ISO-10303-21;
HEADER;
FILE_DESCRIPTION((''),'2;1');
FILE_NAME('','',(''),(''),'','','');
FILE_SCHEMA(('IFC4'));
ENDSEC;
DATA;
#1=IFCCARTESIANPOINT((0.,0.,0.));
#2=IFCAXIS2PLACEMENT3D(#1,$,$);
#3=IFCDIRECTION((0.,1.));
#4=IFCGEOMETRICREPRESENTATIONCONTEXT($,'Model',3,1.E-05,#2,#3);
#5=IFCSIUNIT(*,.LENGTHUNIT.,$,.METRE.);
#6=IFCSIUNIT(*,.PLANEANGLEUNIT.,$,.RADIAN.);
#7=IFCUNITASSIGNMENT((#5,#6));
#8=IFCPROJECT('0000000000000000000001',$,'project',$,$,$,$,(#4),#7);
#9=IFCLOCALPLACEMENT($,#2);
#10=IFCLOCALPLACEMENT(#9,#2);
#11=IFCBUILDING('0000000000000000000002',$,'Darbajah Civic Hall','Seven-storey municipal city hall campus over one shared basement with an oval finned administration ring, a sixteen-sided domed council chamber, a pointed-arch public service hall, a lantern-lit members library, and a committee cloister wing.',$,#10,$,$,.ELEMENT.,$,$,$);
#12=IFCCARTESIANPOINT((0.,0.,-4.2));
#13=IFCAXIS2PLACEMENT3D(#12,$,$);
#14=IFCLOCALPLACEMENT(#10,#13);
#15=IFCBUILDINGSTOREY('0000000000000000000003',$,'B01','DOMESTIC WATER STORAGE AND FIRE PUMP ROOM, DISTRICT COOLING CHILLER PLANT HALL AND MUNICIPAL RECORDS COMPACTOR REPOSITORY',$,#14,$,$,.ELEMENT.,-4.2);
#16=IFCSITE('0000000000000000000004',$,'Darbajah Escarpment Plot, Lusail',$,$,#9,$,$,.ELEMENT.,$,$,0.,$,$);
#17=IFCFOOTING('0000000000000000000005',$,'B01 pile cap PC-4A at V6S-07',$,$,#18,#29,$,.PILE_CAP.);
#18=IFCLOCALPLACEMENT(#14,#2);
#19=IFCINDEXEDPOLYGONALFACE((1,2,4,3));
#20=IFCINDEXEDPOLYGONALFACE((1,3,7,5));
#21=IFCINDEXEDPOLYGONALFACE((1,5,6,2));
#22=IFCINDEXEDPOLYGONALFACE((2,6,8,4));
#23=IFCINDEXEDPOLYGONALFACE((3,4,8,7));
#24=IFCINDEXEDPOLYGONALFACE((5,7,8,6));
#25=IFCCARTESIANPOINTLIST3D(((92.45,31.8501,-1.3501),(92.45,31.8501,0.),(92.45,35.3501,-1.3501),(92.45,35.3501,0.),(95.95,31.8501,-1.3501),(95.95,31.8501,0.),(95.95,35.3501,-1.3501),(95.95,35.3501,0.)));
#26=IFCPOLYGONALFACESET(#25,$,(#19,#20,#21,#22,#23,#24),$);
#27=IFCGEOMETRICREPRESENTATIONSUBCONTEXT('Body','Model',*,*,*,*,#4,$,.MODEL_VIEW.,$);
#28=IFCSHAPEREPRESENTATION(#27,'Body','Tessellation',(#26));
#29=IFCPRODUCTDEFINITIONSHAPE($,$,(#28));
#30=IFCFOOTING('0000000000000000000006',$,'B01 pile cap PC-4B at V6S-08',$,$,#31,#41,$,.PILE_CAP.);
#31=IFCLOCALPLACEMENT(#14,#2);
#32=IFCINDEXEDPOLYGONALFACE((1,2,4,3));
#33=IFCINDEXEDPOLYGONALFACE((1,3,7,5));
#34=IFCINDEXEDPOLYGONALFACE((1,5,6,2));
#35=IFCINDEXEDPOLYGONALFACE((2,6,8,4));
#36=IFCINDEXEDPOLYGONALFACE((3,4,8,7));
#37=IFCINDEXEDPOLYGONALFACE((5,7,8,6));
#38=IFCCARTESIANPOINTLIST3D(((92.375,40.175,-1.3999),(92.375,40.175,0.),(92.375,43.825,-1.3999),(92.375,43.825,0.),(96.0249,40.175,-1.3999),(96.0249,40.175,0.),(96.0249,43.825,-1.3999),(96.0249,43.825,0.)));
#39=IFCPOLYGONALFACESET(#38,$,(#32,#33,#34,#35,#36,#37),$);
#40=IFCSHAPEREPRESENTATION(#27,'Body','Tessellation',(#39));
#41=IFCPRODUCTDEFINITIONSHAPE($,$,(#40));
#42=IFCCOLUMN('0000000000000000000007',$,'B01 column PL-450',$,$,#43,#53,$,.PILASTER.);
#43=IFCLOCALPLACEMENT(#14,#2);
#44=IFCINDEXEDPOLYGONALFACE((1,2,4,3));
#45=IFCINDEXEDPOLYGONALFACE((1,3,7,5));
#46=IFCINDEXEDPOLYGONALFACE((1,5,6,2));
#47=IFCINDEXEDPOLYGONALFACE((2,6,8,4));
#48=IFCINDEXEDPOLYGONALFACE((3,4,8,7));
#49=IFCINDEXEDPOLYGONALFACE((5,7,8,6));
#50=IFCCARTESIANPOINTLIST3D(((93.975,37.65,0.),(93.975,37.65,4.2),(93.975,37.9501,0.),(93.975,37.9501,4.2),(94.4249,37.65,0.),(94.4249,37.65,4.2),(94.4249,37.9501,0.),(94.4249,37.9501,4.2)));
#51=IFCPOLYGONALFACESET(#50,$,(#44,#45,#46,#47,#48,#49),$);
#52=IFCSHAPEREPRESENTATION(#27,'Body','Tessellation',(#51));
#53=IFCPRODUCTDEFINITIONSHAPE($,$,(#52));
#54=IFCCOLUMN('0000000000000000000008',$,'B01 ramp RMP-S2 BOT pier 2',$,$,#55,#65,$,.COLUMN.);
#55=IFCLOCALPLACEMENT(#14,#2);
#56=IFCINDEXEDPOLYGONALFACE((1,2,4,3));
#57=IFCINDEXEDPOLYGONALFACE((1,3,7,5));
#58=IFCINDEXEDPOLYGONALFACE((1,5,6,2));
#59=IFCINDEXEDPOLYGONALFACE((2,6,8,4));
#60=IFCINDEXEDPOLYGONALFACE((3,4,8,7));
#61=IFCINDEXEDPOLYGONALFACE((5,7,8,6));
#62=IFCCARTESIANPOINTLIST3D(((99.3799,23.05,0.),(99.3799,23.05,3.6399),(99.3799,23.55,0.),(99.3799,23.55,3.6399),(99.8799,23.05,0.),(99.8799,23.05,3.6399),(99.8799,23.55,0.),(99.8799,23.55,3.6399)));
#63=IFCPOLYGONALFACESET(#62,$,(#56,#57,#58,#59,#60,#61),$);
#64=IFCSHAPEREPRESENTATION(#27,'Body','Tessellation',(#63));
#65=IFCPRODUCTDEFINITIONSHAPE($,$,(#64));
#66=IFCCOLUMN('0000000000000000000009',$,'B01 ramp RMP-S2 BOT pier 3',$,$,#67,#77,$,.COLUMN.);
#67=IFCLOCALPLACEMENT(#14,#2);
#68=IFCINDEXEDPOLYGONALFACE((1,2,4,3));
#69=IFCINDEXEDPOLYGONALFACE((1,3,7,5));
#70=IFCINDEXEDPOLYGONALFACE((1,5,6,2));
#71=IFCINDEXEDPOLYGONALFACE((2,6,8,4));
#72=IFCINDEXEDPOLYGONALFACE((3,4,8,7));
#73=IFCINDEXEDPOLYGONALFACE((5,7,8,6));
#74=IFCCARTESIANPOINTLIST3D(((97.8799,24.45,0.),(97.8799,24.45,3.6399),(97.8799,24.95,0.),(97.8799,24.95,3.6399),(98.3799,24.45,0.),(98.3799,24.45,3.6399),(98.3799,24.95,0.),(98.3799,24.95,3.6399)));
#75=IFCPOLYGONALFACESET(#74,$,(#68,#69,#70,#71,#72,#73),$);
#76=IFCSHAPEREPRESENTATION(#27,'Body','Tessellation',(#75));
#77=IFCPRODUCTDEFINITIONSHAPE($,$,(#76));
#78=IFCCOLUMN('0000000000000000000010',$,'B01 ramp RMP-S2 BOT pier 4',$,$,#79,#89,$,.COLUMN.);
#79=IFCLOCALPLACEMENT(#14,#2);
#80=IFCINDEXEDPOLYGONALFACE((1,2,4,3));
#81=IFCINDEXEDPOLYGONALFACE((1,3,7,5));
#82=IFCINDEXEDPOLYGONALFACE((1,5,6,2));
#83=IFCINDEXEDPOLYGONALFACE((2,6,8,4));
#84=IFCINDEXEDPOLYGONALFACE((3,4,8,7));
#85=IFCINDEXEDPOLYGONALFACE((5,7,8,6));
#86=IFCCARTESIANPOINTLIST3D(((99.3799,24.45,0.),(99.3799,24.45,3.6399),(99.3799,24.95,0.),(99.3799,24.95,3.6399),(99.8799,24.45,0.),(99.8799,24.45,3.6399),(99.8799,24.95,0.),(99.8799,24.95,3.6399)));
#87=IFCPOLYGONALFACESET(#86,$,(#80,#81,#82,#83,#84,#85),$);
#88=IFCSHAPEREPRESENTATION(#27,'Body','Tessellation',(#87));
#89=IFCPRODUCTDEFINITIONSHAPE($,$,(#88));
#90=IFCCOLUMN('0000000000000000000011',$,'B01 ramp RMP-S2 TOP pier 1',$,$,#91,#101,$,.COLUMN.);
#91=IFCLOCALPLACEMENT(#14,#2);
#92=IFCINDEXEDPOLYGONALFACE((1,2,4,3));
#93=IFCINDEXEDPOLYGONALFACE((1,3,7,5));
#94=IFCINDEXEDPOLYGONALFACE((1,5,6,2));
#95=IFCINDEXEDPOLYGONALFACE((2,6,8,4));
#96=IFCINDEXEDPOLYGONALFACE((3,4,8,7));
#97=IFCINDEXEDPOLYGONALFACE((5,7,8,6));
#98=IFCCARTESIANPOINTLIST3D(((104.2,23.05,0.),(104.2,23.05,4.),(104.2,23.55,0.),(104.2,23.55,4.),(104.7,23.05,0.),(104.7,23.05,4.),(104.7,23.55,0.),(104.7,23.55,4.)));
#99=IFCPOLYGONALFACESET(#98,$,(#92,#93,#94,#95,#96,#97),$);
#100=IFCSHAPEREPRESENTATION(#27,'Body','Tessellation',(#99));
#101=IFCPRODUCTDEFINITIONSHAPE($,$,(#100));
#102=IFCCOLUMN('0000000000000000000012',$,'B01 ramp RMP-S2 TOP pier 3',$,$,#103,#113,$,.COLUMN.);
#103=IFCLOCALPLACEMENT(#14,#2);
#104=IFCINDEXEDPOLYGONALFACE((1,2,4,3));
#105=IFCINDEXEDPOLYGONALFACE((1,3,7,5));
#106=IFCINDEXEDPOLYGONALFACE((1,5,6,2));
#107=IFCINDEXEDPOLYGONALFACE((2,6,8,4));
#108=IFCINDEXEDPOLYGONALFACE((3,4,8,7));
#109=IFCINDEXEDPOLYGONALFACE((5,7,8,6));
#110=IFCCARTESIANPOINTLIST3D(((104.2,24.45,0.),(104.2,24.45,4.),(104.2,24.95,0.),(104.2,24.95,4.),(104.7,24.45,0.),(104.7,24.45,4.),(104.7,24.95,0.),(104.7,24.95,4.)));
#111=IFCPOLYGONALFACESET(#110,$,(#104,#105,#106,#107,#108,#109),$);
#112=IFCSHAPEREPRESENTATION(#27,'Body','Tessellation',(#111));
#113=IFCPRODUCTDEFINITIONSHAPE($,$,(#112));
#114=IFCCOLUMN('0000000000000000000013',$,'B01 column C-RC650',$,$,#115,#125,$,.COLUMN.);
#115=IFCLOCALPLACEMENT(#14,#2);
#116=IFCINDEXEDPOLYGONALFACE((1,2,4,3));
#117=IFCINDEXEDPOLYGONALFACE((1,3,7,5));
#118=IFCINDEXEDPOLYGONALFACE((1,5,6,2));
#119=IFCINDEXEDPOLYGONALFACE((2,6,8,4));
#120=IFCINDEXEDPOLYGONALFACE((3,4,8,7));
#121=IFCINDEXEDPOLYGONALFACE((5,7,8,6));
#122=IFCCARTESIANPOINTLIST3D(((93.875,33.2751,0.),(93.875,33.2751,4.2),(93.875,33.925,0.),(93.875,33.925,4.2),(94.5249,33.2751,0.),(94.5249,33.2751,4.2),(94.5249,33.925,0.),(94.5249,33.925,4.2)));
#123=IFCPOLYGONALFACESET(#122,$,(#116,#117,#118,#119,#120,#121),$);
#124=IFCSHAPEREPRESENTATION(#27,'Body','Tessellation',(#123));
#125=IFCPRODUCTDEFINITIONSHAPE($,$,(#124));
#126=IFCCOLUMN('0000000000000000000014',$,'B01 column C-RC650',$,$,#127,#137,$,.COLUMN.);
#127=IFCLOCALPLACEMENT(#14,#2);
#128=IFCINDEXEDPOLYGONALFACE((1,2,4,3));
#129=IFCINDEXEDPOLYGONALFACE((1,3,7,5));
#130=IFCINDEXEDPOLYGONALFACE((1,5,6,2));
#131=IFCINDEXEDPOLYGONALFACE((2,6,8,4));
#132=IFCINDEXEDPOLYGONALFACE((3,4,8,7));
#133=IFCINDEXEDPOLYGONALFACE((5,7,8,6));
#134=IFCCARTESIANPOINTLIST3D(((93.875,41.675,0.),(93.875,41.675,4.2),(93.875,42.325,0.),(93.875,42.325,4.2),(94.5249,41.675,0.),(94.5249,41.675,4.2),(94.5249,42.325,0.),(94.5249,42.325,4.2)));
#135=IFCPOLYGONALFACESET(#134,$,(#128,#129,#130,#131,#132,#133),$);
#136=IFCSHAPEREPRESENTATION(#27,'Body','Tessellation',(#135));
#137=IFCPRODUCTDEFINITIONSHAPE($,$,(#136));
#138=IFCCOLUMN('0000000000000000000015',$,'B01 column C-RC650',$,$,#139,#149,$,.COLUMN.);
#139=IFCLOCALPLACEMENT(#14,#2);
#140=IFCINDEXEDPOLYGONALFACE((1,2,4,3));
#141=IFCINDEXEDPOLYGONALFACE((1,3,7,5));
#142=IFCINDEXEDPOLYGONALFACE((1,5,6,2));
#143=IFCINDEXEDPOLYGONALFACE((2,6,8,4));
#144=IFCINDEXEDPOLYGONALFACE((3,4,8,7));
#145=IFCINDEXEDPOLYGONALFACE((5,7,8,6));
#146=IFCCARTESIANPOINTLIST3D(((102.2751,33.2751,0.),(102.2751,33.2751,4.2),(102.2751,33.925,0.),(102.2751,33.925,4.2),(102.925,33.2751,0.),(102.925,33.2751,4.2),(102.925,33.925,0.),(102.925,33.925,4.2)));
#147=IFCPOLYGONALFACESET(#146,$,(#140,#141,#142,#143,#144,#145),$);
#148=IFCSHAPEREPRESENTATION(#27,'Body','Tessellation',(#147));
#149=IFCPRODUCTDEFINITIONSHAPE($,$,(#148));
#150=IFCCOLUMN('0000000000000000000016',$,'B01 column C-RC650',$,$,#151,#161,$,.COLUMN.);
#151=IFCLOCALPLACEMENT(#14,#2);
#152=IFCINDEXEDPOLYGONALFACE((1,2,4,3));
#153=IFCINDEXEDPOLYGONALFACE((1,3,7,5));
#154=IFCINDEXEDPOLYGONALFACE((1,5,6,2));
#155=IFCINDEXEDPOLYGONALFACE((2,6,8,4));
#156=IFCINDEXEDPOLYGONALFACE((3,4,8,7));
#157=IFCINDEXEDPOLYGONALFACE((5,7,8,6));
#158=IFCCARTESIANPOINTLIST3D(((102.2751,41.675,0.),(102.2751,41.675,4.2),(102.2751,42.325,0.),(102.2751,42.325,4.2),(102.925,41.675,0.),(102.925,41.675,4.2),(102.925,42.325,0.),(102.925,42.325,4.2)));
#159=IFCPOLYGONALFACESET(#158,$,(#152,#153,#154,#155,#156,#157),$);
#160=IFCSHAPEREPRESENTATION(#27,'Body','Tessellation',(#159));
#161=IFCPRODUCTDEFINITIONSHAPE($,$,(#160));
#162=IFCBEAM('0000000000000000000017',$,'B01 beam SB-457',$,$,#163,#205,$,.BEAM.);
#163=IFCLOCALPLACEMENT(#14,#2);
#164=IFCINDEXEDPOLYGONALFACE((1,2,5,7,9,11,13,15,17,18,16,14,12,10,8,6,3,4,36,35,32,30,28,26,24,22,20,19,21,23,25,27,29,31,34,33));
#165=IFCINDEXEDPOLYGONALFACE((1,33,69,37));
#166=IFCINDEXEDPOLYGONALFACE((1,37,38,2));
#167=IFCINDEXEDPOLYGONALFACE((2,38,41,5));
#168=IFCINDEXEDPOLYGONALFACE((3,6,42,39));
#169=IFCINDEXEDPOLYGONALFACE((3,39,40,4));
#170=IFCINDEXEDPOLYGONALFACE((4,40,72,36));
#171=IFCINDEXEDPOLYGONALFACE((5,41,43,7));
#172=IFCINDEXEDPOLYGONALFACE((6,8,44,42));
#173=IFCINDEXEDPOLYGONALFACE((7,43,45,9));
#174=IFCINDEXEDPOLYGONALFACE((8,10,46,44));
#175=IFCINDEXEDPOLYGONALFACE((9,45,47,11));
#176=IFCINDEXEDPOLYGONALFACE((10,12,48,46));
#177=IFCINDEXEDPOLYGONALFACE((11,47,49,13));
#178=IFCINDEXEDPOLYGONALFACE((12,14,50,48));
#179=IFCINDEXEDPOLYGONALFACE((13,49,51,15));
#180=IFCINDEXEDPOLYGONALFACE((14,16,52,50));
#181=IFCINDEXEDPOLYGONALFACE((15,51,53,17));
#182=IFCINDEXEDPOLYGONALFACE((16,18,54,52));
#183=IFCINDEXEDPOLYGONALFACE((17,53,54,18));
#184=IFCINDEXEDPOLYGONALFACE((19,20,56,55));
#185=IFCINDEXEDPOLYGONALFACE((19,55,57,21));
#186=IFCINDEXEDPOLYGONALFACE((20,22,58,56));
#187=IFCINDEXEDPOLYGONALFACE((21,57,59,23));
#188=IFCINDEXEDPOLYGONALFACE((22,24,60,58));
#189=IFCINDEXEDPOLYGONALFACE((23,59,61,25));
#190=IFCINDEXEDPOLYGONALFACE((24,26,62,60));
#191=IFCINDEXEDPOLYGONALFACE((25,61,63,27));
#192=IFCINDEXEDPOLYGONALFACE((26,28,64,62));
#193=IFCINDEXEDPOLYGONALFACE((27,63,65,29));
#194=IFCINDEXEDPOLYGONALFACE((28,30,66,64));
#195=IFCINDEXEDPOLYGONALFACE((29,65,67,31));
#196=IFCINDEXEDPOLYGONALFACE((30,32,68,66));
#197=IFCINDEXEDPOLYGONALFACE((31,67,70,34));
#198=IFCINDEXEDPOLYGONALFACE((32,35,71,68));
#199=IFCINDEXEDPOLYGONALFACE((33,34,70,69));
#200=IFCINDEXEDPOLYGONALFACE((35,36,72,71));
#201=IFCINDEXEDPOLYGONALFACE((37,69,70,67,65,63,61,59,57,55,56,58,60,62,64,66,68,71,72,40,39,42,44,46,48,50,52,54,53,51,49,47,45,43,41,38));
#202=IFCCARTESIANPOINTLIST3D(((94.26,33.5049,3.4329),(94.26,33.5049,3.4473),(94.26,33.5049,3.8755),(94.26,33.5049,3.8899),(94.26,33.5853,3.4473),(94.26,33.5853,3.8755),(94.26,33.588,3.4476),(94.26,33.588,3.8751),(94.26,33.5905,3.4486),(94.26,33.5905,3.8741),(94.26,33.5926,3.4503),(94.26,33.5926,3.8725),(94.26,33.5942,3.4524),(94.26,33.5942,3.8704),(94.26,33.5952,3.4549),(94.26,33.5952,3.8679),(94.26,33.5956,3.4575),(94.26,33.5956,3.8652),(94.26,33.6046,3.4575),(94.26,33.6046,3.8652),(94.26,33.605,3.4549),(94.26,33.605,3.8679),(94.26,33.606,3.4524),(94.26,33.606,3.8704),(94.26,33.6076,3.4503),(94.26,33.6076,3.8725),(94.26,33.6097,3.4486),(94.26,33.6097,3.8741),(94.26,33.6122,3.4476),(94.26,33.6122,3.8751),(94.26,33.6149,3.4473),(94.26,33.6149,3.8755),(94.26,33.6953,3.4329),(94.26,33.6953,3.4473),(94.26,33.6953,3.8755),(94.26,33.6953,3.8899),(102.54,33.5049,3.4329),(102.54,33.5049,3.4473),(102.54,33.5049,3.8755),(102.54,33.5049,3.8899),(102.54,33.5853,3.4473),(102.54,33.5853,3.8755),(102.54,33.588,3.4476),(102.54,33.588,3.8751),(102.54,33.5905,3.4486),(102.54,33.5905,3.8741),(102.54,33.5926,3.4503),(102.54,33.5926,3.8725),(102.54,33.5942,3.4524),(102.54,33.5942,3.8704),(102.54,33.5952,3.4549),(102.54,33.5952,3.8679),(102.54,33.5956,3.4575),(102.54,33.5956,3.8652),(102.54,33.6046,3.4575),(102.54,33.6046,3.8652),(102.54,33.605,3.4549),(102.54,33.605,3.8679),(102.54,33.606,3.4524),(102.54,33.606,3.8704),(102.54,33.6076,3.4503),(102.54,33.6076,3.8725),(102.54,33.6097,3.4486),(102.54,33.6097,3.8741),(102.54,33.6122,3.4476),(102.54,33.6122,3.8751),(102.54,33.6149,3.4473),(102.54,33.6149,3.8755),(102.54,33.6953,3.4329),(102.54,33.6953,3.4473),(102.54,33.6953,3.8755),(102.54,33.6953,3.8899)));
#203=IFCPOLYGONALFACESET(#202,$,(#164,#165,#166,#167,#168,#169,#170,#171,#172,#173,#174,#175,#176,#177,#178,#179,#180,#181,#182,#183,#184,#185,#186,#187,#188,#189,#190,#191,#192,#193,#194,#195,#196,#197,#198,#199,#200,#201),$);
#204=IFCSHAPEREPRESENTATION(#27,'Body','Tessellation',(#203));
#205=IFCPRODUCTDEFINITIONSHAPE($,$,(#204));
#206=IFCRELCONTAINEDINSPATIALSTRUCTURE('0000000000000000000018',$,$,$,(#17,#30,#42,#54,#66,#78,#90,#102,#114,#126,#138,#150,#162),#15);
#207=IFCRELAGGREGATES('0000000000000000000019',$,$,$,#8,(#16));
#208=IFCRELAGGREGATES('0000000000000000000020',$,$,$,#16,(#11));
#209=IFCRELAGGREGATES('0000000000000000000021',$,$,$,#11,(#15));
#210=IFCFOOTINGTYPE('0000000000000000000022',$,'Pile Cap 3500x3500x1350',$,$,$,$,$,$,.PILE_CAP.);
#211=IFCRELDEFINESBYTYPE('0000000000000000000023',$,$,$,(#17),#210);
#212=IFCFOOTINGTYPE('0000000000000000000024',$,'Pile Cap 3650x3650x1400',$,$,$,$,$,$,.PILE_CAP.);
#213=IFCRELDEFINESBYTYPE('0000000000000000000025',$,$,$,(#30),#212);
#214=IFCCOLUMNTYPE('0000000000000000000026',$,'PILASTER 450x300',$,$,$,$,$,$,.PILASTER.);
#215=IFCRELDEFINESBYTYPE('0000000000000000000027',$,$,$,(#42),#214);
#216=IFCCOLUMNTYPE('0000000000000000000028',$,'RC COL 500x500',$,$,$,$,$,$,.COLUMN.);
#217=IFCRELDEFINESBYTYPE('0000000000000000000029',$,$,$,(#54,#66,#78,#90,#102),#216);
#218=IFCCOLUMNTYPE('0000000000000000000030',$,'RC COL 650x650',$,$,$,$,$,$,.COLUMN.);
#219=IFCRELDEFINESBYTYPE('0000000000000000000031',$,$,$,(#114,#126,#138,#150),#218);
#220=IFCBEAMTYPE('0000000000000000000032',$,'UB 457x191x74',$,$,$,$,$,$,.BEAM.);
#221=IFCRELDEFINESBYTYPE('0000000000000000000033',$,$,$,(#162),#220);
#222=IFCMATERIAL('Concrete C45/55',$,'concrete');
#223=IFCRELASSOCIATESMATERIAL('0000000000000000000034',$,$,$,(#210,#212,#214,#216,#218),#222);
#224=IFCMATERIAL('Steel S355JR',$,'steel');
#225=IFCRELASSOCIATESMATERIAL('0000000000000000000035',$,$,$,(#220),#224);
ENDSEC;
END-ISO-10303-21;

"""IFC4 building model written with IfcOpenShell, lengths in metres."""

from ifc_helpers import new_model, si_unit, direction, frame, origin, origin_2d, place, context, subcontext, project, spatial, rectangle, i_section, extrude, material, material_profile, profile_set, type_object, element, save


model = new_model("IFC4")

# Units and contexts
model_context = context("Model", 3, precision=1e-05, world=origin(), true_north=direction((0.0, 1.0)))
body_context = subcontext(model_context, "Body", "Model", "MODEL_VIEW")
ifc_project = project(units=[si_unit("LENGTHUNIT", "METRE"), si_unit("PLANEANGLEUNIT", "RADIAN")], contexts=[model_context])

# Site, building, storey
site_placement = place(None, origin())
site = spatial("IfcSite", under=ifc_project, at=site_placement, Name="Darbajah Escarpment Plot, Lusail", CompositionType="ELEMENT", RefElevation=0.0)
building_placement = place(site_placement, origin())
building = spatial("IfcBuilding", under=site, at=building_placement, Name="Darbajah Civic Hall", Description="Seven-storey municipal city hall campus over one shared basement with an oval finned administration ring, a sixteen-sided domed council chamber, a pointed-arch public service hall, a lantern-lit members library, and a committee cloister wing.", CompositionType="ELEMENT")
storey_placement = place(building_placement, frame((0.0, 0.0, -4.2)))
storey = spatial("IfcBuildingStorey", under=building, at=storey_placement, Name="B01", Description="DOMESTIC WATER STORAGE AND FIRE PUMP ROOM, DISTRICT COOLING CHILLER PLANT HALL AND MUNICIPAL RECORDS COMPACTOR REPOSITORY", CompositionType="ELEMENT", Elevation=-4.2)

# Shared definitions
ifc_material_1 = material(Name="Concrete C45/55", Category="concrete")

# Footings
footing_type_1 = type_object("IfcFootingType", Name="Pile Cap 3500x3500x1350", PredefinedType="PILE_CAP", material=ifc_material_1)
footing_1_placement = place(storey_placement, frame((94.2, 33.6001, -1.3501), z_axis=(0.0, 0.0, 1.0), x_axis=(1.0, 0.0, 0.0)))
element("IfcFooting", 1, at=footing_1_placement, inside=storey, type_object=footing_type_1, Name="B01 pile cap PC-4A at V6S-07", PredefinedType="PILE_CAP", context=body_context, shape_type="SweptSolid", body=[
    extrude(rectangle(XDim=3.5, YDim=3.5, at=origin_2d()), origin(), (0.0, 0.0, 1.0), 1.3501),
])
footing_type_2 = type_object("IfcFootingType", Name="Pile Cap 3650x3650x1400", PredefinedType="PILE_CAP", material=ifc_material_1)
footing_2_placement = place(storey_placement, frame((94.2, 42.0, -1.3999), z_axis=(0.0, 0.0, 1.0), x_axis=(1.0, 0.0, 0.0)))
element("IfcFooting", 2, at=footing_2_placement, inside=storey, type_object=footing_type_2, Name="B01 pile cap PC-4B at V6S-08", PredefinedType="PILE_CAP", context=body_context, shape_type="SweptSolid", body=[
    extrude(rectangle(XDim=3.6499, YDim=3.6499, at=origin_2d()), origin(), (0.0, 0.0, 1.0), 1.3999),
])

# Columns
ifc_material_profile_1 = material_profile(ifc_material_1, rectangle(XDim=0.45, YDim=0.3, at=origin_2d()), Name="PILASTER 450x300")
ifc_profile_set_1 = profile_set([ifc_material_profile_1], Name="Concrete C45/55")
column_type_1 = type_object("IfcColumnType", Name="PILASTER 450x300", PredefinedType="PILASTER", material=ifc_profile_set_1)
column_placement = place(storey_placement, frame((94.2, 37.8, 0.0), z_axis=(0.0, 0.0, 1.0), x_axis=(1.0, 0.0, 0.0)))
element("IfcColumn", 3, at=column_placement, inside=storey, type_object=column_type_1, Name="B01 column PL-450", PredefinedType="PILASTER", context=body_context, shape_type="SweptSolid", body=[
    extrude(rectangle(XDim=0.45, YDim=0.3, at=origin_2d()), origin(), (0.0, 0.0, 1.0), 4.2),
])
ifc_material_profile_2 = material_profile(ifc_material_1, rectangle(XDim=0.5, YDim=0.5, at=origin_2d()), Name="RC COL 500x500")
ifc_profile_set_2 = profile_set([ifc_material_profile_2], Name="Concrete C45/55")
column_type_2 = type_object("IfcColumnType", Name="RC COL 500x500", PredefinedType="COLUMN", material=ifc_profile_set_2)
for number, where, z_axis, x_axis, name in (
    (4, (99.6299, 23.3, 0.0), (0.0, 0.0, 1.0), (1.0, 0.0, 0.0), "B01 ramp RMP-S2 BOT pier 2"),
    (5, (98.1299, 24.7, 0.0), (0.0, 0.0, 1.0), (1.0, 0.0, 0.0), "B01 ramp RMP-S2 BOT pier 3"),
    (6, (99.6299, 24.7, 0.0), (0.0, 0.0, 1.0), (1.0, 0.0, 0.0), "B01 ramp RMP-S2 BOT pier 4"),
):
    element("IfcColumn", number, at=place(storey_placement, frame(where, z_axis=z_axis, x_axis=x_axis)), inside=storey, type_object=column_type_2, Name=name, PredefinedType="COLUMN", context=body_context, shape_type="SweptSolid", body=[
        extrude(rectangle(XDim=0.5, YDim=0.5, at=origin_2d()), origin(), (0.0, 0.0, 1.0), 3.6399),
    ])
for number, where, z_axis, x_axis, name in (
    (7, (104.45, 23.3, 0.0), (0.0, 0.0, 1.0), (1.0, 0.0, 0.0), "B01 ramp RMP-S2 TOP pier 1"),
    (8, (104.45, 24.7, 0.0), (0.0, 0.0, 1.0), (1.0, 0.0, 0.0), "B01 ramp RMP-S2 TOP pier 3"),
):
    element("IfcColumn", number, at=place(storey_placement, frame(where, z_axis=z_axis, x_axis=x_axis)), inside=storey, type_object=column_type_2, Name=name, PredefinedType="COLUMN", context=body_context, shape_type="SweptSolid", body=[
        extrude(rectangle(XDim=0.5, YDim=0.5, at=origin_2d()), origin(), (0.0, 0.0, 1.0), 4.0),
    ])
ifc_material_profile_3 = material_profile(ifc_material_1, rectangle(XDim=0.6499, YDim=0.6499, at=origin_2d()), Name="RC COL 650x650")
ifc_profile_set_3 = profile_set([ifc_material_profile_3], Name="Concrete C45/55")
column_type_3 = type_object("IfcColumnType", Name="RC COL 650x650", PredefinedType="COLUMN", material=ifc_profile_set_3)
for number, where, z_axis, x_axis, name in (
    (9, (94.2, 33.6001, 0.0), (0.0, 0.0, 1.0), (1.0, 0.0, 0.0), "B01 column C-RC650"),
    (10, (94.2, 42.0, 0.0), (0.0, 0.0, 1.0), (1.0, 0.0, 0.0), "B01 column C-RC650"),
    (11, (102.6001, 33.6001, 0.0), (0.0, 0.0, 1.0), (1.0, 0.0, 0.0), "B01 column C-RC650"),
    (12, (102.6001, 42.0, 0.0), (0.0, 0.0, 1.0), (1.0, 0.0, 0.0), "B01 column C-RC650"),
):
    element("IfcColumn", number, at=place(storey_placement, frame(where, z_axis=z_axis, x_axis=x_axis)), inside=storey, type_object=column_type_3, Name=name, PredefinedType="COLUMN", context=body_context, shape_type="SweptSolid", body=[
        extrude(rectangle(XDim=0.6499, YDim=0.6499, at=origin_2d()), origin(), (0.0, 0.0, 1.0), 4.2),
    ])

# Beam
ifc_material_2 = material(Name="Steel S355JR", Category="steel")
ifc_material_profile_4 = material_profile(ifc_material_2, i_section(OverallWidth=0.1904, OverallDepth=0.457, WebThickness=0.009, FlangeThickness=0.0144, FilletRadius=0.0103, at=origin_2d()), Name="UB 457x191x74")
ifc_profile_set_4 = profile_set([ifc_material_profile_4], Name="Steel S355JR")
beam_type = type_object("IfcBeamType", Name="UB 457x191x74", PredefinedType="BEAM", material=ifc_profile_set_4)
for number, where, z_axis, x_axis, name in (
    (13, (94.26, 33.6001, 3.6614), (1.0, 0.0, 0.0), (0.0, 1.0, 0.0), "B01 beam SB-457"),
):
    element("IfcBeam", number, at=place(storey_placement, frame(where, z_axis=z_axis, x_axis=x_axis)), inside=storey, type_object=beam_type, Name=name, PredefinedType="BEAM", context=body_context, shape_type="SweptSolid", body=[
        extrude(i_section(OverallWidth=0.1904, OverallDepth=0.457, WebThickness=0.009, FlangeThickness=0.0144, FilletRadius=0.0103, at=origin_2d()), origin(), (0.0, 0.0, 1.0), 8.28),
    ])

save(model, "model.ifc")
